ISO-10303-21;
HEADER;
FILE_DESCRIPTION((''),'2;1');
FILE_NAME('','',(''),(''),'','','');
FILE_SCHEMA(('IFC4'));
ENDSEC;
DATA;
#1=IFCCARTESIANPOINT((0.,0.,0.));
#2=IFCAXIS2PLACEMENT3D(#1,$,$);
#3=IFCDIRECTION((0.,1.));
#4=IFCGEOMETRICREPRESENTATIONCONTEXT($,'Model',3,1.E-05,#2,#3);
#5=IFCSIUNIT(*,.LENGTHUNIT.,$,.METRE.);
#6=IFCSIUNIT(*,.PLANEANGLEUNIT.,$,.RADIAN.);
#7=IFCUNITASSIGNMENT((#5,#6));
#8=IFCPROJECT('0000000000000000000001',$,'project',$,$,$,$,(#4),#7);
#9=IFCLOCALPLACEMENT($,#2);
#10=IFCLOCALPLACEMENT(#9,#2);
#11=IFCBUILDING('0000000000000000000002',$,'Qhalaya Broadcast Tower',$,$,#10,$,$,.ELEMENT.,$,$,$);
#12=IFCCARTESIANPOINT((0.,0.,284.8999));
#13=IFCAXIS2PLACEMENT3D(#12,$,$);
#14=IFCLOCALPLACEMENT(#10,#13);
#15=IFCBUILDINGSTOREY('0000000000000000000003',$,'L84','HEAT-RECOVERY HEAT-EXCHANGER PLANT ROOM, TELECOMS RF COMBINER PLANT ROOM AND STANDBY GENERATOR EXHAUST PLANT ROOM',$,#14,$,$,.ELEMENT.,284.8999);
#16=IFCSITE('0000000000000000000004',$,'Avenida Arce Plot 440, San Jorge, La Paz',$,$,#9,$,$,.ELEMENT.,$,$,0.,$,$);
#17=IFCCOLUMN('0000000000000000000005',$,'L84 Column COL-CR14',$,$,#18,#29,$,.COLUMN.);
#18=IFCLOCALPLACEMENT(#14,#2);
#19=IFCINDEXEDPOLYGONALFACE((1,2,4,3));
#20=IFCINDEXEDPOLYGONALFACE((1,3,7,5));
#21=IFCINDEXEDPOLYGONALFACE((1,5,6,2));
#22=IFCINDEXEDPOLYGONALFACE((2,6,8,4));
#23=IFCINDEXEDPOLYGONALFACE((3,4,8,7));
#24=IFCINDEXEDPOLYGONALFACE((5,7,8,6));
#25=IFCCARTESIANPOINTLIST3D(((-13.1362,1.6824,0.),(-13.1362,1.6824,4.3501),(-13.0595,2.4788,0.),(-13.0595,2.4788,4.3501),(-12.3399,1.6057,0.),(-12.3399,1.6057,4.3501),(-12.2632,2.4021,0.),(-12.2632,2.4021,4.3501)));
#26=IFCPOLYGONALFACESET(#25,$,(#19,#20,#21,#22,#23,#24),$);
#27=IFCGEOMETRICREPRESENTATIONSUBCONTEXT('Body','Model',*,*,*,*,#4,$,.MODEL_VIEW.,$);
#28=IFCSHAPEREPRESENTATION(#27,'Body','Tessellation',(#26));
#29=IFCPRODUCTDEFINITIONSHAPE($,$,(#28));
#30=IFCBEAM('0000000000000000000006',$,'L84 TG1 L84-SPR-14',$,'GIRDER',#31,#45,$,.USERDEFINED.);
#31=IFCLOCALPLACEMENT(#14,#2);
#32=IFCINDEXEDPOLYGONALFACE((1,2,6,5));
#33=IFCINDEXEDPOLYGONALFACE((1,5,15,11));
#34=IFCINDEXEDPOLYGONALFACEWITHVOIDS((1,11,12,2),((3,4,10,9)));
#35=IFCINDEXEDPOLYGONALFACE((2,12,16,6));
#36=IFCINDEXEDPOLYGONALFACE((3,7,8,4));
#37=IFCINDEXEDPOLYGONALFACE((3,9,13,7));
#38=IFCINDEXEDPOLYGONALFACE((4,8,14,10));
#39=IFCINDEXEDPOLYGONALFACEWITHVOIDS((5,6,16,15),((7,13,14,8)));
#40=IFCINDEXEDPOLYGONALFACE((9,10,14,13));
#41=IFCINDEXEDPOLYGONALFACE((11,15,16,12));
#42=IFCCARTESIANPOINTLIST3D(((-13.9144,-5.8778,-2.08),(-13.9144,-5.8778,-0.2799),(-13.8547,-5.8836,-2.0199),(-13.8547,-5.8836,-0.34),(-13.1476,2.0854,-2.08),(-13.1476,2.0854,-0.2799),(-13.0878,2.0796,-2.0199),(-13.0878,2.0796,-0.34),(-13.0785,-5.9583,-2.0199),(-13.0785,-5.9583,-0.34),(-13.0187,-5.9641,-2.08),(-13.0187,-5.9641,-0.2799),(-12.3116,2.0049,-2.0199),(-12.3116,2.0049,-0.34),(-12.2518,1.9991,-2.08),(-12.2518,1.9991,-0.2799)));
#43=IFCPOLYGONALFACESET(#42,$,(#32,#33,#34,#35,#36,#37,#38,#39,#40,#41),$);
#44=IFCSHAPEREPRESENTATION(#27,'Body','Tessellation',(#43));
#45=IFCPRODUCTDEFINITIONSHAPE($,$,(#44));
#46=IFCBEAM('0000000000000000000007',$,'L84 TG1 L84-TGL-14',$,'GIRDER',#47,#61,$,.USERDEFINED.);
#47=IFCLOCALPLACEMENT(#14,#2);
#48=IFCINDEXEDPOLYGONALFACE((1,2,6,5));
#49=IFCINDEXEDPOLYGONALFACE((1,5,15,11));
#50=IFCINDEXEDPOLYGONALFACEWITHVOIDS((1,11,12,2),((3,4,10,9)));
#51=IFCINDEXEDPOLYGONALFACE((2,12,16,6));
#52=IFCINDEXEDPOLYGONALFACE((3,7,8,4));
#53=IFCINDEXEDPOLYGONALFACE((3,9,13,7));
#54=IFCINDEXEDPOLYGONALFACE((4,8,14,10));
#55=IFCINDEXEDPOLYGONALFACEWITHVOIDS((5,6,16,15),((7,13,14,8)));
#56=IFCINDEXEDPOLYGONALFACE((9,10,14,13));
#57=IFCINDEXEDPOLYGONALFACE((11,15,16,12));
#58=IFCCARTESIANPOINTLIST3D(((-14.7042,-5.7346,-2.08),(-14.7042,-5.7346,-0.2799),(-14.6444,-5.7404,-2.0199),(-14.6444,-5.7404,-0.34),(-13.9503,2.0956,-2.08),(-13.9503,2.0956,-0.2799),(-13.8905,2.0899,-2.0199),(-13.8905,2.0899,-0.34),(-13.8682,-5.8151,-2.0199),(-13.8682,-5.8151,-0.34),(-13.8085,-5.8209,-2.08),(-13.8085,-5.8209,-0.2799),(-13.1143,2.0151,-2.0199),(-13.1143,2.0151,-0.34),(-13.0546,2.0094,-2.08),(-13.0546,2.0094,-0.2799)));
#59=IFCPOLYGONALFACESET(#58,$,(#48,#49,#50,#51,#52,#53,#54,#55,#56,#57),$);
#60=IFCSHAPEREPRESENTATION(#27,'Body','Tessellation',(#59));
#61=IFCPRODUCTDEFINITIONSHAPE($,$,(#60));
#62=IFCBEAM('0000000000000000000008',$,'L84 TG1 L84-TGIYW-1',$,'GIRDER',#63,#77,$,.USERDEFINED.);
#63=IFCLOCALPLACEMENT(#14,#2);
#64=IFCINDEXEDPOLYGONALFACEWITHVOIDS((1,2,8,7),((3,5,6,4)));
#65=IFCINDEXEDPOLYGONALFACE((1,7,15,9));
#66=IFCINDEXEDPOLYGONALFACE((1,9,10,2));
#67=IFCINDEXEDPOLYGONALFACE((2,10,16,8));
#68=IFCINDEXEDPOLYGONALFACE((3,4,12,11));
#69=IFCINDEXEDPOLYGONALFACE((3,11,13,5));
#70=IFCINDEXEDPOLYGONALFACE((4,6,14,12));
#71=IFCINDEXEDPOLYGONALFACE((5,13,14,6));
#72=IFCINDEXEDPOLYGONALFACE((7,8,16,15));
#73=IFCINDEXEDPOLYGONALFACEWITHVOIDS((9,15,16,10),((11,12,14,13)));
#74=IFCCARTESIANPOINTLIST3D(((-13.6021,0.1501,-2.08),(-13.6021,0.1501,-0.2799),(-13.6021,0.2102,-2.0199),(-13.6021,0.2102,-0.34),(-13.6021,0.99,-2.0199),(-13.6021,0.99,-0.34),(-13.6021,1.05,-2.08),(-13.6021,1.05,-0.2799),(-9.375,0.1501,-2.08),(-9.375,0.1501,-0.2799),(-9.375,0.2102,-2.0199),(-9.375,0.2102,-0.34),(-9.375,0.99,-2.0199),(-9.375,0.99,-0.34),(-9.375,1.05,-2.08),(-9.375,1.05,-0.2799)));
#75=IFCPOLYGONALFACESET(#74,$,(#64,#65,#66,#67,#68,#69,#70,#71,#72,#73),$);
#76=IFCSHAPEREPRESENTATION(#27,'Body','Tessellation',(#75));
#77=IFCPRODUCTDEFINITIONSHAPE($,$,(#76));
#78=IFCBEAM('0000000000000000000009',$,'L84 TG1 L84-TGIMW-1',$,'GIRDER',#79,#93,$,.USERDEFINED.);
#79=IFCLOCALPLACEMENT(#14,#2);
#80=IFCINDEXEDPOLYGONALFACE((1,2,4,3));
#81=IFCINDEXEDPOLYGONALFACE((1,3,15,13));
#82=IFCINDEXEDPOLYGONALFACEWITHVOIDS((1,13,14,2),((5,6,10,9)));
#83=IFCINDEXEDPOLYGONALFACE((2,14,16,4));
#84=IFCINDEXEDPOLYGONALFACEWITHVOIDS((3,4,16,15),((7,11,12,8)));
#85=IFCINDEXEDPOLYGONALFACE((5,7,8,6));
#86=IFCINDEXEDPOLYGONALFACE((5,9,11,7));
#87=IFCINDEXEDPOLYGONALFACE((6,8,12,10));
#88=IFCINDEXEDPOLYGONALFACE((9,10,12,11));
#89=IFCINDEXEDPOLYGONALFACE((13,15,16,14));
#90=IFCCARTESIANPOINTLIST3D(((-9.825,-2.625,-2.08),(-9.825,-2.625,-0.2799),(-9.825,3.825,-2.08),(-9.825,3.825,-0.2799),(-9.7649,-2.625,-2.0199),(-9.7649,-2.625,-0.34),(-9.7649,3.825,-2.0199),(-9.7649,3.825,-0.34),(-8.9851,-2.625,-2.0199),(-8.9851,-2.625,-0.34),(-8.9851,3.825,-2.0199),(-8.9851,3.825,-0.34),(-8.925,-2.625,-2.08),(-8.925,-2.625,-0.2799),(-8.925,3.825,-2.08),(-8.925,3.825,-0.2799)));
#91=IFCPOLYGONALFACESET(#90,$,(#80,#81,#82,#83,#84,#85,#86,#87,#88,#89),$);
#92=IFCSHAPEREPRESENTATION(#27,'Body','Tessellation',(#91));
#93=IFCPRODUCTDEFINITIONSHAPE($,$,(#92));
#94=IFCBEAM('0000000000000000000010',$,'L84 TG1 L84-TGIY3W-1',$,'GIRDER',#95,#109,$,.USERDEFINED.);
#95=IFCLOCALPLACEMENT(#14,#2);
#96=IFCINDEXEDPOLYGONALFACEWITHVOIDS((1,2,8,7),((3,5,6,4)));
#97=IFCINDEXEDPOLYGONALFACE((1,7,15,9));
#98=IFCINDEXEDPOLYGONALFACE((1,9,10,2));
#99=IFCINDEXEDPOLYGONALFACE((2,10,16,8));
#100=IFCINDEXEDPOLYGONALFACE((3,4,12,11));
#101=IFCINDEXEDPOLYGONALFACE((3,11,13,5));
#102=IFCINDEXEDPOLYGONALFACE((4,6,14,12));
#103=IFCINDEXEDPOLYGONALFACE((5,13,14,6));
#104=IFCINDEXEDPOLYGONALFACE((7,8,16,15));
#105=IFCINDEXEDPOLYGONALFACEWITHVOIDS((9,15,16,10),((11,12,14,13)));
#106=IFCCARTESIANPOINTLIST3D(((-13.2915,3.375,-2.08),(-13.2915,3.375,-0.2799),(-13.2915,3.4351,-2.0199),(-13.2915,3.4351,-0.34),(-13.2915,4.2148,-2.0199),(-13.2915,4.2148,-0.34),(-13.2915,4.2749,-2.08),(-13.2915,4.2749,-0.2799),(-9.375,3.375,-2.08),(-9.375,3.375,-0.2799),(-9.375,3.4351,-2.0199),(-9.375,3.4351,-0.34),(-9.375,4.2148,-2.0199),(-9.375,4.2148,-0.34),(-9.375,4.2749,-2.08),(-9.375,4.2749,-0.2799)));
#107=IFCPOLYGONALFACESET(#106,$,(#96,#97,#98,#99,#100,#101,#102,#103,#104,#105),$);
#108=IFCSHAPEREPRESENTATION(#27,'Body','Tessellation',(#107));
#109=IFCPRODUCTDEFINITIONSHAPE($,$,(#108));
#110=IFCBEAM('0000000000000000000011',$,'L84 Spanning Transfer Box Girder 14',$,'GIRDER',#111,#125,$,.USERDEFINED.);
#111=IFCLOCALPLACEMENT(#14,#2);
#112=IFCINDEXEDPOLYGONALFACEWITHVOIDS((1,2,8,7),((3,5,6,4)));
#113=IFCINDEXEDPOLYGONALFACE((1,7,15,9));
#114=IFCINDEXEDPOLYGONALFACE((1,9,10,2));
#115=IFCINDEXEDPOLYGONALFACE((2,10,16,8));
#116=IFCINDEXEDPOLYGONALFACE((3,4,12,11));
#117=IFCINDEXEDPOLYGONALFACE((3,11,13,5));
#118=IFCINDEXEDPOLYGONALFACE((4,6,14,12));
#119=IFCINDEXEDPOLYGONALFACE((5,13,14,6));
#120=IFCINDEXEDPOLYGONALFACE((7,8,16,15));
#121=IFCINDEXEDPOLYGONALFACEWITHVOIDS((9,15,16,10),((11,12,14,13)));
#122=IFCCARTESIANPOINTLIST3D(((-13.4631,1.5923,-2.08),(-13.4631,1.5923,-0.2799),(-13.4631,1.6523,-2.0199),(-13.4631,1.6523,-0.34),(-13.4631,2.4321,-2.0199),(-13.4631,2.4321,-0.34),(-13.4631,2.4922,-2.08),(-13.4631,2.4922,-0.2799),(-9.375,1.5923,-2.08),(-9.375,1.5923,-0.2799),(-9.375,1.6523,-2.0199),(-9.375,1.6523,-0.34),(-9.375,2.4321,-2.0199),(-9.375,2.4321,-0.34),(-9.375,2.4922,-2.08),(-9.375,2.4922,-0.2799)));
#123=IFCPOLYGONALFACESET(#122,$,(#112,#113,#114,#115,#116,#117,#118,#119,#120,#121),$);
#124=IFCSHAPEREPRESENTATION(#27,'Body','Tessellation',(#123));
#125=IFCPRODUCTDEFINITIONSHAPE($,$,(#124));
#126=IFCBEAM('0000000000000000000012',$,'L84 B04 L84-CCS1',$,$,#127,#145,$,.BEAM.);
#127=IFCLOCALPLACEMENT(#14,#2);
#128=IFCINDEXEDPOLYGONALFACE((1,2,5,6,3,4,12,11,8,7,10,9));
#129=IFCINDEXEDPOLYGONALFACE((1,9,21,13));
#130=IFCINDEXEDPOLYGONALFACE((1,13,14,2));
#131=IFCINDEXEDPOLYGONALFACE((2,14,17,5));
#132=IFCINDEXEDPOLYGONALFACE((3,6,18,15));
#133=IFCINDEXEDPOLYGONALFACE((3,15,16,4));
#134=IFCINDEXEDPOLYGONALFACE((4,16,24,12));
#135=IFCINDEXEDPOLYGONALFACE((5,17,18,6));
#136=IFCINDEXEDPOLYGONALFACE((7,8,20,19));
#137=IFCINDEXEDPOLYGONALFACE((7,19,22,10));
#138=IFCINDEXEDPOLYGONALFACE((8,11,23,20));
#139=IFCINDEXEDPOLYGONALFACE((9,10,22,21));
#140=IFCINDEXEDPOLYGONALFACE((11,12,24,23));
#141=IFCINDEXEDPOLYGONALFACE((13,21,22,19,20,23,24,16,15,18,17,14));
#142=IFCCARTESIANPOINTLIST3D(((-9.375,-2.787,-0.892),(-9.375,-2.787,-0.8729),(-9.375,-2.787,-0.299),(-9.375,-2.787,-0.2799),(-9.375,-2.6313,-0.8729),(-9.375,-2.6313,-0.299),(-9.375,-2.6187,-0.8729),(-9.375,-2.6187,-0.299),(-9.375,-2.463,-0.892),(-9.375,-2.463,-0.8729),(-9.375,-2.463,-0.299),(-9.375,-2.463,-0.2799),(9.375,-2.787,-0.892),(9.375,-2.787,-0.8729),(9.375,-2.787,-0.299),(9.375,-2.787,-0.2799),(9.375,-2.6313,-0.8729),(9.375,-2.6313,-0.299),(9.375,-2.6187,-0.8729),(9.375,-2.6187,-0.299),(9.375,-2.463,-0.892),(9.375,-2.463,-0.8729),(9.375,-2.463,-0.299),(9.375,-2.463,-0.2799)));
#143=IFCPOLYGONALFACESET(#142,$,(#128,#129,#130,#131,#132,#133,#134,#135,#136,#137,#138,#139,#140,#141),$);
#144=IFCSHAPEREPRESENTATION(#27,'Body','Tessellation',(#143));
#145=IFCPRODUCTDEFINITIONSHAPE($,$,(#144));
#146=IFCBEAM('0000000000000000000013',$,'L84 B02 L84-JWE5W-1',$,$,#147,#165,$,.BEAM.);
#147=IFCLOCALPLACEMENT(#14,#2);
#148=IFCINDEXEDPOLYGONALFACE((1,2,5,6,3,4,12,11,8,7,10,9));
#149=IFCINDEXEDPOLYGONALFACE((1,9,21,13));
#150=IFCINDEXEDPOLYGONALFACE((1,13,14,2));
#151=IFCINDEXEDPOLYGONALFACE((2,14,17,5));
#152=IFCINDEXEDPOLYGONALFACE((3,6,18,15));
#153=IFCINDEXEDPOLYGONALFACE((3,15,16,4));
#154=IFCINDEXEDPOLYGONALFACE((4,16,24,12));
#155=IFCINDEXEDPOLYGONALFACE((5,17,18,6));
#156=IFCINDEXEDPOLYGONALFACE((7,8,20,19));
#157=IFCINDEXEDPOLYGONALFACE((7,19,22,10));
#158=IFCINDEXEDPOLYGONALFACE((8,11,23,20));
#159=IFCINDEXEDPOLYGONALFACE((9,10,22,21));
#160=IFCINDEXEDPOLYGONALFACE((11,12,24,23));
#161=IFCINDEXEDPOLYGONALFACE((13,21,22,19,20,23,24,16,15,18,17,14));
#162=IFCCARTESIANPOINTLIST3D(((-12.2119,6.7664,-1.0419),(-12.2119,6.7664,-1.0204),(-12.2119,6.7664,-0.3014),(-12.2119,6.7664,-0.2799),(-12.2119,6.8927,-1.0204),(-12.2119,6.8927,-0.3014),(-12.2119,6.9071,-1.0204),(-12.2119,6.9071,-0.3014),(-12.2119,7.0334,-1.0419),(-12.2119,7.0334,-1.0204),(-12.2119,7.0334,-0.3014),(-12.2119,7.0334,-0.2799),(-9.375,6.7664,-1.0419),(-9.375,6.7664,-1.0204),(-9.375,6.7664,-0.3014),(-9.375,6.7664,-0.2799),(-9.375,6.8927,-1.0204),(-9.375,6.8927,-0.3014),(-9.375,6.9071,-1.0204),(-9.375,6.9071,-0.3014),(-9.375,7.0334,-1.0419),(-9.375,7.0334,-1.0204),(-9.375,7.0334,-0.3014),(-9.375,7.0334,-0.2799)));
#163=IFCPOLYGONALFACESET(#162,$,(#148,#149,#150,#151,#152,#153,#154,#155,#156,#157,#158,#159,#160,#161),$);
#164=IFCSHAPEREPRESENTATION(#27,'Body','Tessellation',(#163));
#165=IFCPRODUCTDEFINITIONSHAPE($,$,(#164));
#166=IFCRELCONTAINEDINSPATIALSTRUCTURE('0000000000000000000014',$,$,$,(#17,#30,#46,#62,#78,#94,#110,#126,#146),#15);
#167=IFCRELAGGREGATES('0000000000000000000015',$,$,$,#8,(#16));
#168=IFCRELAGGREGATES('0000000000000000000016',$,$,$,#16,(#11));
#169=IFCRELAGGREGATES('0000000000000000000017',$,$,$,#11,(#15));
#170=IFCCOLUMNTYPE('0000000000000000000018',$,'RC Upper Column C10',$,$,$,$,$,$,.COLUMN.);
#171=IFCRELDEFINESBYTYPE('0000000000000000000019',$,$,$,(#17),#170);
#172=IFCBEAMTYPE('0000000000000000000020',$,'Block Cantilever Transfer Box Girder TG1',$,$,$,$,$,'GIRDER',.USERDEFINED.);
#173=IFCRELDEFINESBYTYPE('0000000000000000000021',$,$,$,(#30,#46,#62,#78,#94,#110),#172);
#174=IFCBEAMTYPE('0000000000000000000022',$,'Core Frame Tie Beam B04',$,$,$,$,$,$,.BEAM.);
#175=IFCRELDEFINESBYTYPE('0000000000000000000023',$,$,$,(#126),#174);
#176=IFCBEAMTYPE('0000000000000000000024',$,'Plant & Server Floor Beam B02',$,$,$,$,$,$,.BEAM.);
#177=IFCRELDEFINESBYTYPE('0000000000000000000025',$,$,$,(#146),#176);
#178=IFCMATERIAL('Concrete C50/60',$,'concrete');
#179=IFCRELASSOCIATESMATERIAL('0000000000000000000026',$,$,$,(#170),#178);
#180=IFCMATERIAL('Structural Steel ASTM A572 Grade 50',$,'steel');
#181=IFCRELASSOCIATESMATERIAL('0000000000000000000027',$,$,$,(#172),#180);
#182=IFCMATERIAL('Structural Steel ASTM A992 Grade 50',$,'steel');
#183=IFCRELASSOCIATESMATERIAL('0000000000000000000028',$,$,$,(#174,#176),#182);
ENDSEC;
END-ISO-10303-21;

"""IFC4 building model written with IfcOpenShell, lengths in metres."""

from ifc_helpers import new_model, si_unit, direction, frame, origin, origin_2d, place, context, subcontext, project, spatial, rectangle, hollow_rectangle, i_section, extrude, material, material_profile, profile_set, type_object, element, save


model = new_model("IFC4")

# Units and contexts
model_context = context("Model", 3, precision=1e-05, world=origin(), true_north=direction((0.0, 1.0)))
body_context = subcontext(model_context, "Body", "Model", "MODEL_VIEW")
ifc_project = project(units=[si_unit("LENGTHUNIT", "METRE"), si_unit("PLANEANGLEUNIT", "RADIAN")], contexts=[model_context])

# Site, building, storey
site_placement = place(None, origin())
site = spatial("IfcSite", under=ifc_project, at=site_placement, Name="Avenida Arce Plot 440, San Jorge, La Paz", CompositionType="ELEMENT", RefElevation=0.0)
building_placement = place(site_placement, origin())
building = spatial("IfcBuilding", under=site, at=building_placement, Name="Qhalaya Broadcast Tower", CompositionType="ELEMENT")
storey_placement = place(building_placement, frame((0.0, 0.0, 284.8999)))
storey = spatial("IfcBuildingStorey", under=building, at=storey_placement, Name="L84", Description="HEAT-RECOVERY HEAT-EXCHANGER PLANT ROOM, TELECOMS RF COMBINER PLANT ROOM AND STANDBY GENERATOR EXHAUST PLANT ROOM", CompositionType="ELEMENT", Elevation=284.8999)

# Column
ifc_material_1 = material(Name="Concrete C50/60", Category="concrete")
ifc_material_profile_1 = material_profile(ifc_material_1, rectangle(XDim=0.8, YDim=0.8, at=origin_2d()), Name="RC-COL 800x800")
ifc_profile_set_1 = profile_set([ifc_material_profile_1], Name="Concrete C50/60")
column_type = type_object("IfcColumnType", Name="RC Upper Column C10", PredefinedType="COLUMN", material=ifc_profile_set_1)
column_placement = place(storey_placement, frame((-12.6997, 2.0422, 0.0), z_axis=(0.0, 0.0, 1.0), x_axis=(0.095846, 0.995396, 0.0)))
element("IfcColumn", 1, at=column_placement, inside=storey, type_object=column_type, Name="L84 Column COL-CR14", PredefinedType="COLUMN", context=body_context, shape_type="SweptSolid", body=[
    extrude(rectangle(XDim=0.8, YDim=0.8, at=origin_2d()), origin(), (0.0, 0.0, 1.0), 4.3501),
])

# Beams
ifc_material_2 = material(Name="Structural Steel ASTM A572 Grade 50", Category="steel")
ifc_material_profile_2 = material_profile(ifc_material_2, hollow_rectangle(XDim=0.8999, YDim=1.8, WallThickness=0.0601, at=origin_2d()), Name="BOX 900x1800x60")
ifc_profile_set_2 = profile_set([ifc_material_profile_2], Name="Structural Steel ASTM A572 Grade 50")
beam_type_1 = type_object("IfcBeamType", Name="Block Cantilever Transfer Box Girder TG1", ElementType="GIRDER", PredefinedType="USERDEFINED", material=ifc_profile_set_2)
beam_1_placement = place(storey_placement, frame((-12.6997, 2.0422, -1.1799), z_axis=(-0.095856, -0.995395, 0.0), x_axis=(0.995395, -0.095856, 0.0)))
element("IfcBeam", 2, at=beam_1_placement, inside=storey, type_object=beam_type_1, Name="L84 TG1 L84-SPR-14", ObjectType="GIRDER", PredefinedType="USERDEFINED", context=body_context, shape_type="SweptSolid", body=[
    extrude(hollow_rectangle(XDim=0.8999, YDim=1.8, WallThickness=0.0601, at=origin_2d()), origin(), (0.0, 0.0, 1.0), 8.0),
])
beam_2_placement = place(storey_placement, frame((-13.5024, 2.0525, -1.1799), z_axis=(-0.095837, -0.995397, 0.0), x_axis=(0.995397, -0.095837, 0.0)))
element("IfcBeam", 3, at=beam_2_placement, inside=storey, type_object=beam_type_1, Name="L84 TG1 L84-TGL-14", ObjectType="GIRDER", PredefinedType="USERDEFINED", context=body_context, shape_type="SweptSolid", body=[
    extrude(hollow_rectangle(XDim=0.8999, YDim=1.8, WallThickness=0.0601, at=origin_2d()), origin(), (0.0, 0.0, 1.0), 7.8665),
])
beam_3_placement = place(storey_placement, frame((-13.6021, 0.6001, -1.1799), z_axis=(1.0, 0.0, 0.0), x_axis=(0.0, 1.0, 0.0)))
element("IfcBeam", 4, at=beam_3_placement, inside=storey, type_object=beam_type_1, Name="L84 TG1 L84-TGIYW-1", ObjectType="GIRDER", PredefinedType="USERDEFINED", context=body_context, shape_type="SweptSolid", body=[
    extrude(hollow_rectangle(XDim=0.8999, YDim=1.8, WallThickness=0.0601, at=origin_2d()), origin(), (0.0, 0.0, 1.0), 4.2271),
])
beam_4_placement = place(storey_placement, frame((-9.375, -2.625, -1.1799), z_axis=(0.0, 1.0, 0.0), x_axis=(-1.0, 0.0, 0.0)))
element("IfcBeam", 5, at=beam_4_placement, inside=storey, type_object=beam_type_1, Name="L84 TG1 L84-TGIMW-1", ObjectType="GIRDER", PredefinedType="USERDEFINED", context=body_context, shape_type="SweptSolid", body=[
    extrude(hollow_rectangle(XDim=0.8999, YDim=1.8, WallThickness=0.0601, at=origin_2d()), origin(), (0.0, 0.0, 1.0), 6.45),
])
beam_5_placement = place(storey_placement, frame((-13.2915, 3.825, -1.1799), z_axis=(1.0, 0.0, 0.0), x_axis=(0.0, 1.0, 0.0)))
element("IfcBeam", 6, at=beam_5_placement, inside=storey, type_object=beam_type_1, Name="L84 TG1 L84-TGIY3W-1", ObjectType="GIRDER", PredefinedType="USERDEFINED", context=body_context, shape_type="SweptSolid", body=[
    extrude(hollow_rectangle(XDim=0.8999, YDim=1.8, WallThickness=0.0601, at=origin_2d()), origin(), (0.0, 0.0, 1.0), 3.9165),
])
beam_6_placement = place(storey_placement, frame((-13.4631, 2.0422, -1.1799), z_axis=(1.0, 0.0, 0.0), x_axis=(0.0, 1.0, 0.0)))
element("IfcBeam", 7, at=beam_6_placement, inside=storey, type_object=beam_type_1, Name="L84 Spanning Transfer Box Girder 14", ObjectType="GIRDER", PredefinedType="USERDEFINED", context=body_context, shape_type="SweptSolid", body=[
    extrude(hollow_rectangle(XDim=0.8999, YDim=1.8, WallThickness=0.0601, at=origin_2d()), origin(), (0.0, 0.0, 1.0), 4.0881),
])
ifc_material_3 = material(Name="Structural Steel ASTM A992 Grade 50", Category="steel")
ifc_material_profile_3 = material_profile(ifc_material_3, i_section(OverallWidth=0.324, OverallDepth=0.6121, WebThickness=0.0127, FlangeThickness=0.019, at=origin_2d()), Name="W24X104")
ifc_profile_set_3 = profile_set([ifc_material_profile_3], Name="Structural Steel ASTM A992 Grade 50")
beam_type_2 = type_object("IfcBeamType", Name="Core Frame Tie Beam B04", PredefinedType="BEAM", material=ifc_profile_set_3)
beam_7_placement = place(storey_placement, frame((-9.375, -2.625, -0.5859), z_axis=(1.0, 0.0, 0.0), x_axis=(0.0, 1.0, 0.0)))
element("IfcBeam", 8, at=beam_7_placement, inside=storey, type_object=beam_type_2, Name="L84 B04 L84-CCS1", PredefinedType="BEAM", context=body_context, shape_type="SweptSolid", body=[
    extrude(i_section(OverallWidth=0.324, OverallDepth=0.6121, WebThickness=0.0127, FlangeThickness=0.019, at=origin_2d()), origin(), (0.0, 0.0, 1.0), 18.75),
])
ifc_material_profile_4 = material_profile(ifc_material_3, i_section(OverallWidth=0.2671, OverallDepth=0.762, WebThickness=0.0144, FlangeThickness=0.0215, at=origin_2d()), Name="W30X116")
ifc_profile_set_4 = profile_set([ifc_material_profile_4], Name="Structural Steel ASTM A992 Grade 50")
beam_type_3 = type_object("IfcBeamType", Name="Plant & Server Floor Beam B02", PredefinedType="BEAM", material=ifc_profile_set_4)
beam_8_placement = place(storey_placement, frame((-12.2119, 6.8999, -0.6609), z_axis=(1.0, 0.0, 0.0), x_axis=(0.0, 1.0, 0.0)))
element("IfcBeam", 9, at=beam_8_placement, inside=storey, type_object=beam_type_3, Name="L84 B02 L84-JWE5W-1", PredefinedType="BEAM", context=body_context, shape_type="SweptSolid", body=[
    extrude(i_section(OverallWidth=0.2671, OverallDepth=0.762, WebThickness=0.0144, FlangeThickness=0.0215, at=origin_2d()), origin(), (0.0, 0.0, 1.0), 2.8369),
])

save(model, "model.ifc")
